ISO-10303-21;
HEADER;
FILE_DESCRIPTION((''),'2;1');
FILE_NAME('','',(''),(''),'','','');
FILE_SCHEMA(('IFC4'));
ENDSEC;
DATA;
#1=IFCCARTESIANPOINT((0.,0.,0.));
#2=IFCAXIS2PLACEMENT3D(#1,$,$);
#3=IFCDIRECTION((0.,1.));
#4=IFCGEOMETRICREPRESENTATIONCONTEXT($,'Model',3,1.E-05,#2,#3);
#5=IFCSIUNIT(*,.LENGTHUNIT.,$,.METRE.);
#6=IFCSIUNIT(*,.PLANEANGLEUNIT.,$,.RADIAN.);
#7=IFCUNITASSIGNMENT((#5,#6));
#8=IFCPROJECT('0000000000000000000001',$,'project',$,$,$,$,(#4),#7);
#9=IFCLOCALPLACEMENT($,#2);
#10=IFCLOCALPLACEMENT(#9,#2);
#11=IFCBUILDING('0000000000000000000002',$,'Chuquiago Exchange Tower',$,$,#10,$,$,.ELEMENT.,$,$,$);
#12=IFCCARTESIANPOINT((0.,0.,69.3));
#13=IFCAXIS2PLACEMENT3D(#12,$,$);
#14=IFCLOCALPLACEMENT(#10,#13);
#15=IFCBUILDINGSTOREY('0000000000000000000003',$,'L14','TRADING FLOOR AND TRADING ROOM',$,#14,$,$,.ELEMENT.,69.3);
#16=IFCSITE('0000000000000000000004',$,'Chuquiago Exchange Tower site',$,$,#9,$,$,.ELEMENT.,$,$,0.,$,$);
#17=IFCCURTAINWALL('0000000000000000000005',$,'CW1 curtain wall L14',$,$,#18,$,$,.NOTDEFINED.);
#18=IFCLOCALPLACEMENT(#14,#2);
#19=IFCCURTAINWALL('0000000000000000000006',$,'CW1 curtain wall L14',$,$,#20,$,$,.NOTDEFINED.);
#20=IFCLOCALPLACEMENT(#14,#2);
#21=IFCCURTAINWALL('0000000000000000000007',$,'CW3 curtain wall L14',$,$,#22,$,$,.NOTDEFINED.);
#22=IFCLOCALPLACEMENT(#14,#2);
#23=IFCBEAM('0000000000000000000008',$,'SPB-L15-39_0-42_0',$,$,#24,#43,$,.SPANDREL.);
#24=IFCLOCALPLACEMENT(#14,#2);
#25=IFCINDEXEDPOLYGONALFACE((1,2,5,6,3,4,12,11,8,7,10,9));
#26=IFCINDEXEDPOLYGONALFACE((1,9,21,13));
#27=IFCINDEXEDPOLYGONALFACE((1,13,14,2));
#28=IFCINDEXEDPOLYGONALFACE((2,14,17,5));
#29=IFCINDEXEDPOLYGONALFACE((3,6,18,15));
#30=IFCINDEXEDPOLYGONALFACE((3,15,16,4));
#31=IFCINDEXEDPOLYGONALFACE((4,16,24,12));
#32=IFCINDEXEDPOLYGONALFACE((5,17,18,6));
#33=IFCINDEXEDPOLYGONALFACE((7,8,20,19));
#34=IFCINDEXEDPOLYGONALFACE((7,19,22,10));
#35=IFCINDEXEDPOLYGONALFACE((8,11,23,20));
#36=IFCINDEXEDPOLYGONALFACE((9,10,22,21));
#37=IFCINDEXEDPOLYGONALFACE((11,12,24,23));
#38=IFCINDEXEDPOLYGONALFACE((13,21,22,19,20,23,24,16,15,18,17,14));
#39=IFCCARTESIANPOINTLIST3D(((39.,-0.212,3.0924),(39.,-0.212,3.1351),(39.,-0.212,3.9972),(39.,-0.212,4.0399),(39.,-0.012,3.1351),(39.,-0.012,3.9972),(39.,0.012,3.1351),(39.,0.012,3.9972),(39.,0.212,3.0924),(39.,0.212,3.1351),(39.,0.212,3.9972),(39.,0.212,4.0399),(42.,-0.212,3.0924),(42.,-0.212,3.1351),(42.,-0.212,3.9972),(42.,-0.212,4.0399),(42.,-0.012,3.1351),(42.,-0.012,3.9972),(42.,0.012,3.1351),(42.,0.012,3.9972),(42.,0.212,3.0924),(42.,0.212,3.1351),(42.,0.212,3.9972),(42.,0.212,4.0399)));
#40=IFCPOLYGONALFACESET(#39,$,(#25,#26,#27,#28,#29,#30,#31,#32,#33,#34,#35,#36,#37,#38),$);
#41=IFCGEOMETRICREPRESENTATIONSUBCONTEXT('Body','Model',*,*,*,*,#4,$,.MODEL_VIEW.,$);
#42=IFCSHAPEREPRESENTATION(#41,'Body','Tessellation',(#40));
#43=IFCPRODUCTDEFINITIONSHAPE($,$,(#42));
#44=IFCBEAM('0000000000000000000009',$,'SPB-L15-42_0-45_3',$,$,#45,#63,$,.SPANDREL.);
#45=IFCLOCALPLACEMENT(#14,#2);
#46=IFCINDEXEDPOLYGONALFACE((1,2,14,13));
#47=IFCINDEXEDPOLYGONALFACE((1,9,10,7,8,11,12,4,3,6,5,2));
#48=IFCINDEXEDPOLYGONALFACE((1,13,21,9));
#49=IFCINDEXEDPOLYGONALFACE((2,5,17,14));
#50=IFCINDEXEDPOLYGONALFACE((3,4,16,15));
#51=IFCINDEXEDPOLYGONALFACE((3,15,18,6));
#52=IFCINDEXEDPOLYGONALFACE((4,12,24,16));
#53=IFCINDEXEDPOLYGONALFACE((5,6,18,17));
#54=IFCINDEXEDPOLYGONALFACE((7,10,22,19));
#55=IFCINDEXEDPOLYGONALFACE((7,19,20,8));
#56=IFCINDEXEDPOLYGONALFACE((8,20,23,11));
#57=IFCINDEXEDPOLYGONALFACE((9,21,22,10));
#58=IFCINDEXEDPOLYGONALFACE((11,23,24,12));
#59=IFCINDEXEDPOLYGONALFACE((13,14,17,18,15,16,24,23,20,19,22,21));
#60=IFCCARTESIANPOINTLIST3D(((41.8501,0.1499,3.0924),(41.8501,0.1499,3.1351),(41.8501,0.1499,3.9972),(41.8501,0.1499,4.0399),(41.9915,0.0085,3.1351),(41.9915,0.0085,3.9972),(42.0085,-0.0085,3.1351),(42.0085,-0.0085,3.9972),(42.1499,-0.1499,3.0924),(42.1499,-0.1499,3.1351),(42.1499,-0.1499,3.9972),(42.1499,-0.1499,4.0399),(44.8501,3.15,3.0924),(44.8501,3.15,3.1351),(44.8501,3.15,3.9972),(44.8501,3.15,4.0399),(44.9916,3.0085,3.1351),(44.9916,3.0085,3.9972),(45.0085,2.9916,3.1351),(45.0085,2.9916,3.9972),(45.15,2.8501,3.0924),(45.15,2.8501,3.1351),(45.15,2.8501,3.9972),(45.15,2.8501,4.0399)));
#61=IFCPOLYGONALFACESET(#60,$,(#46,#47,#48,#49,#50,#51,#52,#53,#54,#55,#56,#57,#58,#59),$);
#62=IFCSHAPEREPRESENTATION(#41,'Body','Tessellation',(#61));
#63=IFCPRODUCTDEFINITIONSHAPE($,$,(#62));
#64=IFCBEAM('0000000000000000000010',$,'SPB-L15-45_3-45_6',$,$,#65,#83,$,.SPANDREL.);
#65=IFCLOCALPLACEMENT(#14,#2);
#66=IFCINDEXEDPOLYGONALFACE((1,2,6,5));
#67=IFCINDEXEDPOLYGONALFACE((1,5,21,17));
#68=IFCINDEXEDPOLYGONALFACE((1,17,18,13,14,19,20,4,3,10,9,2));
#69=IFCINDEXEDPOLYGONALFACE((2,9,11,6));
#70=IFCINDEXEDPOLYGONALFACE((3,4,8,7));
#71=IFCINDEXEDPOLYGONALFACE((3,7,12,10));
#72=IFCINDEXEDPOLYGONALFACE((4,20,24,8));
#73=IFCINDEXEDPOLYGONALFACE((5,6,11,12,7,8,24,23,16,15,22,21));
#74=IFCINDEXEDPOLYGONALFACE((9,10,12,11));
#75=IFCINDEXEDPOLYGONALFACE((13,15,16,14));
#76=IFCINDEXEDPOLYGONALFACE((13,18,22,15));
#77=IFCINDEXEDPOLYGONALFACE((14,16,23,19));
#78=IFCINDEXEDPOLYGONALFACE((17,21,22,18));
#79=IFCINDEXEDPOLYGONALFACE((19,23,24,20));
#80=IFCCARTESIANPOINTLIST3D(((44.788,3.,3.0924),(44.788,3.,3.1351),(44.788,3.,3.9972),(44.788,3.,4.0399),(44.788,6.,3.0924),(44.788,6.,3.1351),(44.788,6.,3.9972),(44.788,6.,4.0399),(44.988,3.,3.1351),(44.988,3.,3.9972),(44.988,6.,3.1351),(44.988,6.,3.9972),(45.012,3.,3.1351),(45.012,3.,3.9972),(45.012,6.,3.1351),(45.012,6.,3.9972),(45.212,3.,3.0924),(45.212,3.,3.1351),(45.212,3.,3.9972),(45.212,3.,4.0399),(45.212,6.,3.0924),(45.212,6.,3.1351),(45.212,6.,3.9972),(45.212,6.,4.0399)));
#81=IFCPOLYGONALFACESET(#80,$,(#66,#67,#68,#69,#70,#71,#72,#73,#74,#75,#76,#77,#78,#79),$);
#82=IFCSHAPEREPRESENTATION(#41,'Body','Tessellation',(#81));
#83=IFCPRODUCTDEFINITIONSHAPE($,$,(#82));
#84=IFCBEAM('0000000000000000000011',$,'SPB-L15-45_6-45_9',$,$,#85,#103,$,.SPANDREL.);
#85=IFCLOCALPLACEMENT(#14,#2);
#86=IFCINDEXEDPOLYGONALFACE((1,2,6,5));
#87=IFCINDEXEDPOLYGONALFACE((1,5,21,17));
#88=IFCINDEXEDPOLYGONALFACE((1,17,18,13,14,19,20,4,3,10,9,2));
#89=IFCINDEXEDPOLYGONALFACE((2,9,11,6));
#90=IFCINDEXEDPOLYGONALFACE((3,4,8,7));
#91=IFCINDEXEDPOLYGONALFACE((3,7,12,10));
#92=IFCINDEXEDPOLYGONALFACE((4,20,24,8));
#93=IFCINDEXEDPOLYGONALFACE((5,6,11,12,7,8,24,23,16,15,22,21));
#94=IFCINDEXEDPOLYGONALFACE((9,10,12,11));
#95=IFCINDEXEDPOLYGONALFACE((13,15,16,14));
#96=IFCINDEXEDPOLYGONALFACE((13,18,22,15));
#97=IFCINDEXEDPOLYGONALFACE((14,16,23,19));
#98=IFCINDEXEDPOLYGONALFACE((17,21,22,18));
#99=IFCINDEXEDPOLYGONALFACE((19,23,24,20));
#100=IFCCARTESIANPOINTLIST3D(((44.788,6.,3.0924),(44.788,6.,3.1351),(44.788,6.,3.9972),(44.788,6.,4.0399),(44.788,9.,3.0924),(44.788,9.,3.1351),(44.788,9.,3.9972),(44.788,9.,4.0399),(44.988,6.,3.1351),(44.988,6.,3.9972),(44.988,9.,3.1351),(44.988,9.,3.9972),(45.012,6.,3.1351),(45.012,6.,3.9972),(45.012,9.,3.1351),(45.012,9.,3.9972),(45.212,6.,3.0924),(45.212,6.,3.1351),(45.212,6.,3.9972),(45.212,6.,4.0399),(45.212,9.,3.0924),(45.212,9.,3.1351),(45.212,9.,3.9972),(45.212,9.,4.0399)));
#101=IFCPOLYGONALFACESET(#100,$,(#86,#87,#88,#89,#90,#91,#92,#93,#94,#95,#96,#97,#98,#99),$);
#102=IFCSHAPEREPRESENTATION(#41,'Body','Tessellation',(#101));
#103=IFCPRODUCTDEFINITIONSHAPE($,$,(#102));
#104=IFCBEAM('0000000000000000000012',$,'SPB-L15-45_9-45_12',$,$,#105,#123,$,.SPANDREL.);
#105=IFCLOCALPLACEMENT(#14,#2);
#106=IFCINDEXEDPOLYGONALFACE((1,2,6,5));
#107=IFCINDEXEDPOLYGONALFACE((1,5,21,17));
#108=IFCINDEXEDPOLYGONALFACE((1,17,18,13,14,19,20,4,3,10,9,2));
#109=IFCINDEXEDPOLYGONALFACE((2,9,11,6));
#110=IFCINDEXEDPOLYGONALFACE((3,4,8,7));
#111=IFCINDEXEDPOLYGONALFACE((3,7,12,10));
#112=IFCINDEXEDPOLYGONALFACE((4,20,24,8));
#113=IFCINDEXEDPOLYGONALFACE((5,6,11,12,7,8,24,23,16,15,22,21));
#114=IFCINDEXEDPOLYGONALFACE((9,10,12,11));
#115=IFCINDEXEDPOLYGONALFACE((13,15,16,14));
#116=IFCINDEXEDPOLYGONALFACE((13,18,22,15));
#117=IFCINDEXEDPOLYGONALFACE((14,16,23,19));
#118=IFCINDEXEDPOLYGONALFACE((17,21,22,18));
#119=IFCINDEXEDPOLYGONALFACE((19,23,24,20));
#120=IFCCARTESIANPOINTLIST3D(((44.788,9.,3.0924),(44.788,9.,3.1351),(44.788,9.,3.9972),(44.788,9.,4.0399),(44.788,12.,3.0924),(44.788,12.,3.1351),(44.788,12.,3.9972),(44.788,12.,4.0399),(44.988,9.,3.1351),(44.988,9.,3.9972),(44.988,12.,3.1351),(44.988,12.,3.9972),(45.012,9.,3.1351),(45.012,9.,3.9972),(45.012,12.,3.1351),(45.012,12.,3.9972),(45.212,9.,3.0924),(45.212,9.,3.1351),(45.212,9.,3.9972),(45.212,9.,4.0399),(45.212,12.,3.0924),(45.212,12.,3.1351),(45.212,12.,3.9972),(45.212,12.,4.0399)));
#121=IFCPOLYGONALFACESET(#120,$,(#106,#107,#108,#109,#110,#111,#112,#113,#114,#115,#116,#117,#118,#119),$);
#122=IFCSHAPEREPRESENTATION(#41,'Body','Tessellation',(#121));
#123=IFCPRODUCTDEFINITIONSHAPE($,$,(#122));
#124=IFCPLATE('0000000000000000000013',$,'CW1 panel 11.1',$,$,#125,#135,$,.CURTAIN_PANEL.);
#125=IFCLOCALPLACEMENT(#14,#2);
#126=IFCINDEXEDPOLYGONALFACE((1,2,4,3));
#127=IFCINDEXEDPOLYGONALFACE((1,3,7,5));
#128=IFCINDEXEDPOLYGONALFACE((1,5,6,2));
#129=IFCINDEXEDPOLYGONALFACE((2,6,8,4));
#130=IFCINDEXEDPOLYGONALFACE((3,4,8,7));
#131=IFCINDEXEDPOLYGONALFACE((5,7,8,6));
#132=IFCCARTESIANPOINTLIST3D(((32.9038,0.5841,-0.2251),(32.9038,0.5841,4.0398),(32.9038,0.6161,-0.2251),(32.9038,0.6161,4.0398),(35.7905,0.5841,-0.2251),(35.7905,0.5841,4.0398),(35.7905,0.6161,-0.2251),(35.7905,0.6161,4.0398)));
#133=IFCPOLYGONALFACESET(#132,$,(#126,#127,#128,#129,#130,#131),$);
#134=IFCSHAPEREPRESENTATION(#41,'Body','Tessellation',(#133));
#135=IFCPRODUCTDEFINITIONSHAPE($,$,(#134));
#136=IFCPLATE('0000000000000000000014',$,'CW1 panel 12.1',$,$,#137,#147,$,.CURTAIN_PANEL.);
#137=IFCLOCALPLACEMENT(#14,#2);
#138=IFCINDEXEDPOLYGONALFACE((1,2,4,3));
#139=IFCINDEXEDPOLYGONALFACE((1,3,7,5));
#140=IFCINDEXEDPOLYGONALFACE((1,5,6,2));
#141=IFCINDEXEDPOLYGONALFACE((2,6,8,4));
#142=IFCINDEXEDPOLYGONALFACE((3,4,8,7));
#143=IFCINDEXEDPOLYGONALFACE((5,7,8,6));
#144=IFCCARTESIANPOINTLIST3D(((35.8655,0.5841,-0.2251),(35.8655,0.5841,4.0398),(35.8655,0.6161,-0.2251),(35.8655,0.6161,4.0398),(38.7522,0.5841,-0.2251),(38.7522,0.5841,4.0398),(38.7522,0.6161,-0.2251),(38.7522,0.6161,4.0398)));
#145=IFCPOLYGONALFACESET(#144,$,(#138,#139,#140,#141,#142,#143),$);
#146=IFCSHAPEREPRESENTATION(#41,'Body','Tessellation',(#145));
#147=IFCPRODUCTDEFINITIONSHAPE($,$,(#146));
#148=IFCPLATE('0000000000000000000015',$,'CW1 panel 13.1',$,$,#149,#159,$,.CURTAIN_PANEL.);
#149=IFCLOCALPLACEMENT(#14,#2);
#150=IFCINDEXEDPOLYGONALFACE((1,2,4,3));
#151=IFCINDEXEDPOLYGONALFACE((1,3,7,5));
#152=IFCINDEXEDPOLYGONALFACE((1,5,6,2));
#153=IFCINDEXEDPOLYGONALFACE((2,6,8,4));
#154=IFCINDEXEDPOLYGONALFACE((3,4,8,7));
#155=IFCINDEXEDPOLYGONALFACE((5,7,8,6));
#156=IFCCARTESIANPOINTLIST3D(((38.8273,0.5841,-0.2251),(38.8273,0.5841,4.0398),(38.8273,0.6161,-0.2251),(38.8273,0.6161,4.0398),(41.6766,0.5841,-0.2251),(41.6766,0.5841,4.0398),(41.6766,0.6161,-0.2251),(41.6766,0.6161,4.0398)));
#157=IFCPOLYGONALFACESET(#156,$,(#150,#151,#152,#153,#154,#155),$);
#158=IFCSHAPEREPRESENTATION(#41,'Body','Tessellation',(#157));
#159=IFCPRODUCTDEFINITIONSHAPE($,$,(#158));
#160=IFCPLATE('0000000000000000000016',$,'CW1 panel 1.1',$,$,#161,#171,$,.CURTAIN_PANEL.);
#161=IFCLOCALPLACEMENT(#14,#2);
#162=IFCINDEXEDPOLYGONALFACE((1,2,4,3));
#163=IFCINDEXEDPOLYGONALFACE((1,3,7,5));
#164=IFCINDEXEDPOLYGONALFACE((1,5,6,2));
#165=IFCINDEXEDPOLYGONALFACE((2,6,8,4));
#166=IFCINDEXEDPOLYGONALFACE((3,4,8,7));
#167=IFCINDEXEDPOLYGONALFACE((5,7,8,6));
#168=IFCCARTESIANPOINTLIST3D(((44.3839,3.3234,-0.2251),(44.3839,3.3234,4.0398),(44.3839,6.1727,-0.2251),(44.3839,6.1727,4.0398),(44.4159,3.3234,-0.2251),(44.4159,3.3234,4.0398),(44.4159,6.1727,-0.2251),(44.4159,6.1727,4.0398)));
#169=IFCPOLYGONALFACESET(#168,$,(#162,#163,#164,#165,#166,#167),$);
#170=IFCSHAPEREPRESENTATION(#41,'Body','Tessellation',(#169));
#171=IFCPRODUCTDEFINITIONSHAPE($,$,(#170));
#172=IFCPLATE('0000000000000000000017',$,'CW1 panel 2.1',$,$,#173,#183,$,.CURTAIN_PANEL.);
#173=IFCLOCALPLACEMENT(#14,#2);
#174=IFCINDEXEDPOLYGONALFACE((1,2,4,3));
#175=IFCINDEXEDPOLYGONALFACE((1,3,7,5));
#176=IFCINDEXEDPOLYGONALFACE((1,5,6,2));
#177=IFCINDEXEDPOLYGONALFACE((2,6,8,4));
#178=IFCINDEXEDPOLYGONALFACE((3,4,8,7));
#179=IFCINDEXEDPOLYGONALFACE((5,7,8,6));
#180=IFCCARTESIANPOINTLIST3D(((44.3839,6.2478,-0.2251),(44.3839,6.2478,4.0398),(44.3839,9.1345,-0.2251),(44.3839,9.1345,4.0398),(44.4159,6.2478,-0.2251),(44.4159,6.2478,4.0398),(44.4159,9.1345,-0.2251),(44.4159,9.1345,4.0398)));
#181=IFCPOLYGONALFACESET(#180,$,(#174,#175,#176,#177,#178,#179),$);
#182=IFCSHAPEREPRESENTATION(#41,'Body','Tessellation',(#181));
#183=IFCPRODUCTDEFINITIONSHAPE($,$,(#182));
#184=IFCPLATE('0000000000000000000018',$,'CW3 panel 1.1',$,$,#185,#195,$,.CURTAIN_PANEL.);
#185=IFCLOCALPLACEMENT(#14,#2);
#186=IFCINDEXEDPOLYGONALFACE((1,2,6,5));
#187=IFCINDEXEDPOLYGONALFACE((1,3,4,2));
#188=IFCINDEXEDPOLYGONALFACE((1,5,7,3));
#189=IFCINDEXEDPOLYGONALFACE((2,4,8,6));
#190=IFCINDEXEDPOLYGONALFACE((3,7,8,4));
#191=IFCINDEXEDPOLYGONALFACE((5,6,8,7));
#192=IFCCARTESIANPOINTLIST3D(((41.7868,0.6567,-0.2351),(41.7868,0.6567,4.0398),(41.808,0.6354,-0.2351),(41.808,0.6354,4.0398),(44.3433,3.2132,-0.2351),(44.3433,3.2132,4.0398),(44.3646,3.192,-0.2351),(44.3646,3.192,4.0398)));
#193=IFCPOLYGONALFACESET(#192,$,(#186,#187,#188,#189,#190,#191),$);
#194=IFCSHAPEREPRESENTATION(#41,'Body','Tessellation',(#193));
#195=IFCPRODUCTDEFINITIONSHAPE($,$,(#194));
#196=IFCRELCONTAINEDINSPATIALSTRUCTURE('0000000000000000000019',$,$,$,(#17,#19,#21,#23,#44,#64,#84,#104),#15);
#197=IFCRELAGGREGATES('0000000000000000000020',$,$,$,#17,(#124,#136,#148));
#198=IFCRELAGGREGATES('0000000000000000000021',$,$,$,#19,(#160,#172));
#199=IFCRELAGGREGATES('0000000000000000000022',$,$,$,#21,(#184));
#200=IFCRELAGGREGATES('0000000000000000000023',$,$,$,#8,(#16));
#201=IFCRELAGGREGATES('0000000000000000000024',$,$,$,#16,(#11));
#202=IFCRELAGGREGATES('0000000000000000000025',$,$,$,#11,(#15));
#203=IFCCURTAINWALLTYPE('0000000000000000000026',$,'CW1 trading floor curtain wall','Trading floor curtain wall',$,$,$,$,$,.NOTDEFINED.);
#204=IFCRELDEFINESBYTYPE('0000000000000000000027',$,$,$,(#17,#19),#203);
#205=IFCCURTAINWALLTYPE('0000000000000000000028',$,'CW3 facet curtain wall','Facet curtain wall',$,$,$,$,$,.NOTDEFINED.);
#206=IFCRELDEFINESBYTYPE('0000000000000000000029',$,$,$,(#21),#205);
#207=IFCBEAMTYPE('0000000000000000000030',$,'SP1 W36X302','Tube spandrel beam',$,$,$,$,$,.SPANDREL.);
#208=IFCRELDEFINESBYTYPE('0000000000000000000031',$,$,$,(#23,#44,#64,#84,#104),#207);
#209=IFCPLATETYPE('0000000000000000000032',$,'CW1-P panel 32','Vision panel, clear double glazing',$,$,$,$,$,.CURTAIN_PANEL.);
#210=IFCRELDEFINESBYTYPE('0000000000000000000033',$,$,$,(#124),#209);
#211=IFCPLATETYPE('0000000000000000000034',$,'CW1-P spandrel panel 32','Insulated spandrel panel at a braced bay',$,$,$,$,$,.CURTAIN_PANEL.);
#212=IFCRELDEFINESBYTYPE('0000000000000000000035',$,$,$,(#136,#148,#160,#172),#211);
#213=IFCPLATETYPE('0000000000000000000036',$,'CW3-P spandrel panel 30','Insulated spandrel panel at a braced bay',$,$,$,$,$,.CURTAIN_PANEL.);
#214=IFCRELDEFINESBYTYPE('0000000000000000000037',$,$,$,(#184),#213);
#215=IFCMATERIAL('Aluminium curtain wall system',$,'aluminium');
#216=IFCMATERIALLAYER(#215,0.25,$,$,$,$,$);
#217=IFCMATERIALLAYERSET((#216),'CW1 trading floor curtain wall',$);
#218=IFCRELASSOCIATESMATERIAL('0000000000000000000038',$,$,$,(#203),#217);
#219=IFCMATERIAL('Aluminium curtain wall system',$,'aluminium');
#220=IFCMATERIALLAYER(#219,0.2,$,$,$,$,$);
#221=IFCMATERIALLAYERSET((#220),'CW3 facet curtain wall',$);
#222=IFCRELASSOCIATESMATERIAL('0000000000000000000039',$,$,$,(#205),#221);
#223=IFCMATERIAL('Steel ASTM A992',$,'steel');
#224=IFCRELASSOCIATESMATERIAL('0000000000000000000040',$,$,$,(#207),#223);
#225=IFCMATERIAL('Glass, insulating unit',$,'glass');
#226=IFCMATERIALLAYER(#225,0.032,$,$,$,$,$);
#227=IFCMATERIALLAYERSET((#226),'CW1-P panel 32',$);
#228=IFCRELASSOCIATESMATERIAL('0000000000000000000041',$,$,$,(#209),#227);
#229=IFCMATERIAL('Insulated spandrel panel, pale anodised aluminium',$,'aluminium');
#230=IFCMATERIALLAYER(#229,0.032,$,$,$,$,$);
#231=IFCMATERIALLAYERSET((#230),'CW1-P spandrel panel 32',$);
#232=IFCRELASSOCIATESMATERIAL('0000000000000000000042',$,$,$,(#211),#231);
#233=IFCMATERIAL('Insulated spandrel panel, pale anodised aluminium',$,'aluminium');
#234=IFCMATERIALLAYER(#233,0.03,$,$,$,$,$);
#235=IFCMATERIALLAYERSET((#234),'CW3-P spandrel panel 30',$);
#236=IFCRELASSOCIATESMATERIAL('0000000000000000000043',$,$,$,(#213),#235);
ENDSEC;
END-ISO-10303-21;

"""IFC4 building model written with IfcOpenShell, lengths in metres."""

from ifc_helpers import new_model, si_unit, direction, frame, origin, origin_2d, place, context, subcontext, project, spatial, rectangle, i_section, extrude, material, layer, layer_set, material_profile, profile_set, type_object, element, aggregate, save


model = new_model("IFC4")

# Units and contexts
model_context = context("Model", 3, precision=1e-05, world=origin(), true_north=direction((0.0, 1.0)))
body_context = subcontext(model_context, "Body", "Model", "MODEL_VIEW")
ifc_project = project(units=[si_unit("LENGTHUNIT", "METRE"), si_unit("PLANEANGLEUNIT", "RADIAN")], contexts=[model_context])

# Site, building, storey
site_placement = place(None, origin())
site = spatial("IfcSite", under=ifc_project, at=site_placement, Name="Chuquiago Exchange Tower site", CompositionType="ELEMENT", RefElevation=0.0)
building_placement = place(site_placement, origin())
building = spatial("IfcBuilding", under=site, at=building_placement, Name="Chuquiago Exchange Tower", CompositionType="ELEMENT")
storey_placement = place(building_placement, frame((0.0, 0.0, 69.3)))
storey = spatial("IfcBuildingStorey", under=building, at=storey_placement, Name="L14", Description="TRADING FLOOR AND TRADING ROOM", CompositionType="ELEMENT", Elevation=69.3)

# Curtain walls
ifc_material_1 = material(Name="Aluminium curtain wall system", Category="aluminium")
ifc_layer_1 = layer(ifc_material_1, 0.25)
ifc_layer_set_1 = layer_set([ifc_layer_1], Name="CW1 trading floor curtain wall")
curtain_wall_type_1 = type_object("IfcCurtainWallType", Name="CW1 trading floor curtain wall", Description="Trading floor curtain wall", PredefinedType="NOTDEFINED", material=ifc_layer_set_1)
curtain_wall_1_placement = place(storey_placement, origin())
curtain_wall_1 = element("IfcCurtainWall", 1, at=curtain_wall_1_placement, inside=storey, type_object=curtain_wall_type_1, Name="CW1 curtain wall L14", PredefinedType="NOTDEFINED")
curtain_wall_2_placement = place(storey_placement, origin())
curtain_wall_2 = element("IfcCurtainWall", 2, at=curtain_wall_2_placement, inside=storey, type_object=curtain_wall_type_1, Name="CW1 curtain wall L14", PredefinedType="NOTDEFINED")

# Curtain wall
ifc_material_2 = material(Name="Aluminium curtain wall system", Category="aluminium")
ifc_layer_2 = layer(ifc_material_2, 0.2)
ifc_layer_set_2 = layer_set([ifc_layer_2], Name="CW3 facet curtain wall")
curtain_wall_type_2 = type_object("IfcCurtainWallType", Name="CW3 facet curtain wall", Description="Facet curtain wall", PredefinedType="NOTDEFINED", material=ifc_layer_set_2)
curtain_wall_3_placement = place(storey_placement, origin())
curtain_wall_3 = element("IfcCurtainWall", 3, at=curtain_wall_3_placement, inside=storey, type_object=curtain_wall_type_2, Name="CW3 curtain wall L14", PredefinedType="NOTDEFINED")

# Beams
ifc_material_3 = material(Name="Steel ASTM A992", Category="steel")
ifc_material_profile_1 = material_profile(ifc_material_3, i_section(OverallWidth=0.4241, OverallDepth=0.9475, WebThickness=0.0239, FlangeThickness=0.0427, at=origin_2d()), Name="W36X302")
ifc_profile_set_1 = profile_set([ifc_material_profile_1], Name="Steel ASTM A992")
beam_type = type_object("IfcBeamType", Name="SP1 W36X302", Description="Tube spandrel beam", PredefinedType="SPANDREL", material=ifc_profile_set_1)
for number, where, z_axis, x_axis, name in (
    (4, (39.0, 0.0, 3.5662), (1.0, 0.0, 0.0), (0.0, 1.0, 0.0), "SPB-L15-39_0-42_0"),
):
    element("IfcBeam", number, at=place(storey_placement, frame(where, z_axis=z_axis, x_axis=x_axis)), inside=storey, type_object=beam_type, Name=name, PredefinedType="SPANDREL", context=body_context, shape_type="SweptSolid", body=[
        extrude(i_section(OverallWidth=0.4241, OverallDepth=0.9475, WebThickness=0.0239, FlangeThickness=0.0427, at=origin_2d()), origin(), (0.0, 0.0, 1.0), 3.0),
    ])
beam_placement = place(storey_placement, frame((42.0, 0.0, 3.5662), z_axis=(0.707107, 0.707107, 0.0), x_axis=(-0.707107, 0.707107, 0.0)))
element("IfcBeam", 5, at=beam_placement, inside=storey, type_object=beam_type, Name="SPB-L15-42_0-45_3", PredefinedType="SPANDREL", context=body_context, shape_type="SweptSolid", body=[
    extrude(i_section(OverallWidth=0.4241, OverallDepth=0.9475, WebThickness=0.0239, FlangeThickness=0.0427, at=origin_2d()), origin(), (0.0, 0.0, 1.0), 4.2427),
])
for number, where, z_axis, x_axis, name in (
    (6, (45.0, 3.0, 3.5662), (0.0, 1.0, 0.0), (-1.0, 0.0, 0.0), "SPB-L15-45_3-45_6"),
    (7, (45.0, 6.0, 3.5662), (0.0, 1.0, 0.0), (-1.0, 0.0, 0.0), "SPB-L15-45_6-45_9"),
    (8, (45.0, 9.0, 3.5662), (0.0, 1.0, 0.0), (-1.0, 0.0, 0.0), "SPB-L15-45_9-45_12"),
):
    element("IfcBeam", number, at=place(storey_placement, frame(where, z_axis=z_axis, x_axis=x_axis)), inside=storey, type_object=beam_type, Name=name, PredefinedType="SPANDREL", context=body_context, shape_type="SweptSolid", body=[
        extrude(i_section(OverallWidth=0.4241, OverallDepth=0.9475, WebThickness=0.0239, FlangeThickness=0.0427, at=origin_2d()), origin(), (0.0, 0.0, 1.0), 3.0),
    ])

# Plates
ifc_material_4 = material(Name="Glass, insulating unit", Category="glass")
ifc_layer_3 = layer(ifc_material_4, 0.032)
ifc_layer_set_3 = layer_set([ifc_layer_3], Name="CW1-P panel 32")
plate_type_1 = type_object("IfcPlateType", Name="CW1-P panel 32", Description="Vision panel, clear double glazing", PredefinedType="CURTAIN_PANEL", material=ifc_layer_set_3)
plate_1_placement = place(storey_placement, frame((34.3472, 0.6001, -0.2251), z_axis=(0.0, 0.0, 1.0), x_axis=(1.0, 0.0, 0.0)))
plate_1 = element("IfcPlate", 9, at=plate_1_placement, type_object=plate_type_1, Name="CW1 panel 11.1", PredefinedType="CURTAIN_PANEL", context=body_context, shape_type="SweptSolid", body=[
    extrude(rectangle(XDim=2.8867, YDim=0.032, at=origin_2d()), origin(), (0.0, 0.0, 1.0), 4.2649),
])
ifc_material_5 = material(Name="Insulated spandrel panel, pale anodised aluminium", Category="aluminium")
ifc_layer_4 = layer(ifc_material_5, 0.032)
ifc_layer_set_4 = layer_set([ifc_layer_4], Name="CW1-P spandrel panel 32")
plate_type_2 = type_object("IfcPlateType", Name="CW1-P spandrel panel 32", Description="Insulated spandrel panel at a braced bay", PredefinedType="CURTAIN_PANEL", material=ifc_layer_set_4)
plate_2_placement = place(storey_placement, frame((37.3088, 0.6001, -0.2251), z_axis=(0.0, 0.0, 1.0), x_axis=(1.0, 0.0, 0.0)))
plate_2 = element("IfcPlate", 10, at=plate_2_placement, type_object=plate_type_2, Name="CW1 panel 12.1", PredefinedType="CURTAIN_PANEL", context=body_context, shape_type="SweptSolid", body=[
    extrude(rectangle(XDim=2.8867, YDim=0.032, at=origin_2d()), origin(), (0.0, 0.0, 1.0), 4.2649),
])
plate_3_placement = place(storey_placement, frame((40.252, 0.6001, -0.2251), z_axis=(0.0, 0.0, 1.0), x_axis=(1.0, 0.0, 0.0)))
plate_3 = element("IfcPlate", 11, at=plate_3_placement, type_object=plate_type_2, Name="CW1 panel 13.1", PredefinedType="CURTAIN_PANEL", context=body_context, shape_type="SweptSolid", body=[
    extrude(rectangle(XDim=2.8494, YDim=0.032, at=origin_2d()), origin(), (0.0, 0.0, 1.0), 4.2649),
])
aggregate(curtain_wall_1, [plate_1, plate_2, plate_3])
plate_4_placement = place(storey_placement, frame((44.3999, 4.748, -0.2251), z_axis=(0.0, 0.0, 1.0), x_axis=(0.0, 1.0, 0.0)))
plate_4 = element("IfcPlate", 12, at=plate_4_placement, type_object=plate_type_2, Name="CW1 panel 1.1", PredefinedType="CURTAIN_PANEL", context=body_context, shape_type="SweptSolid", body=[
    extrude(rectangle(XDim=2.8494, YDim=0.032, at=origin_2d()), origin(), (0.0, 0.0, 1.0), 4.2649),
])
plate_5_placement = place(storey_placement, frame((44.3999, 7.6912, -0.2251), z_axis=(0.0, 0.0, 1.0), x_axis=(0.0, 1.0, 0.0)))
plate_5 = element("IfcPlate", 13, at=plate_5_placement, type_object=plate_type_2, Name="CW1 panel 2.1", PredefinedType="CURTAIN_PANEL", context=body_context, shape_type="SweptSolid", body=[
    extrude(rectangle(XDim=2.8867, YDim=0.032, at=origin_2d()), origin(), (0.0, 0.0, 1.0), 4.2649),
])
aggregate(curtain_wall_2, [plate_4, plate_5])
ifc_material_6 = material(Name="Insulated spandrel panel, pale anodised aluminium", Category="aluminium")
ifc_layer_5 = layer(ifc_material_6, 0.03)
ifc_layer_set_5 = layer_set([ifc_layer_5], Name="CW3-P spandrel panel 30")
plate_type_3 = type_object("IfcPlateType", Name="CW3-P spandrel panel 30", Description="Insulated spandrel panel at a braced bay", PredefinedType="CURTAIN_PANEL", material=ifc_layer_set_5)
plate_6_placement = place(storey_placement, frame((43.0757, 1.9243, -0.2351), z_axis=(0.0, 0.0, 1.0), x_axis=(0.707107, 0.707107, 0.0)))
plate_6 = element("IfcPlate", 14, at=plate_6_placement, type_object=plate_type_3, Name="CW3 panel 1.1", PredefinedType="CURTAIN_PANEL", context=body_context, shape_type="SweptSolid", body=[
    extrude(rectangle(XDim=3.6155, YDim=0.03, at=origin_2d()), origin(), (0.0, 0.0, 1.0), 4.2749),
])
aggregate(curtain_wall_3, [plate_6])

save(model, "model.ifc")
